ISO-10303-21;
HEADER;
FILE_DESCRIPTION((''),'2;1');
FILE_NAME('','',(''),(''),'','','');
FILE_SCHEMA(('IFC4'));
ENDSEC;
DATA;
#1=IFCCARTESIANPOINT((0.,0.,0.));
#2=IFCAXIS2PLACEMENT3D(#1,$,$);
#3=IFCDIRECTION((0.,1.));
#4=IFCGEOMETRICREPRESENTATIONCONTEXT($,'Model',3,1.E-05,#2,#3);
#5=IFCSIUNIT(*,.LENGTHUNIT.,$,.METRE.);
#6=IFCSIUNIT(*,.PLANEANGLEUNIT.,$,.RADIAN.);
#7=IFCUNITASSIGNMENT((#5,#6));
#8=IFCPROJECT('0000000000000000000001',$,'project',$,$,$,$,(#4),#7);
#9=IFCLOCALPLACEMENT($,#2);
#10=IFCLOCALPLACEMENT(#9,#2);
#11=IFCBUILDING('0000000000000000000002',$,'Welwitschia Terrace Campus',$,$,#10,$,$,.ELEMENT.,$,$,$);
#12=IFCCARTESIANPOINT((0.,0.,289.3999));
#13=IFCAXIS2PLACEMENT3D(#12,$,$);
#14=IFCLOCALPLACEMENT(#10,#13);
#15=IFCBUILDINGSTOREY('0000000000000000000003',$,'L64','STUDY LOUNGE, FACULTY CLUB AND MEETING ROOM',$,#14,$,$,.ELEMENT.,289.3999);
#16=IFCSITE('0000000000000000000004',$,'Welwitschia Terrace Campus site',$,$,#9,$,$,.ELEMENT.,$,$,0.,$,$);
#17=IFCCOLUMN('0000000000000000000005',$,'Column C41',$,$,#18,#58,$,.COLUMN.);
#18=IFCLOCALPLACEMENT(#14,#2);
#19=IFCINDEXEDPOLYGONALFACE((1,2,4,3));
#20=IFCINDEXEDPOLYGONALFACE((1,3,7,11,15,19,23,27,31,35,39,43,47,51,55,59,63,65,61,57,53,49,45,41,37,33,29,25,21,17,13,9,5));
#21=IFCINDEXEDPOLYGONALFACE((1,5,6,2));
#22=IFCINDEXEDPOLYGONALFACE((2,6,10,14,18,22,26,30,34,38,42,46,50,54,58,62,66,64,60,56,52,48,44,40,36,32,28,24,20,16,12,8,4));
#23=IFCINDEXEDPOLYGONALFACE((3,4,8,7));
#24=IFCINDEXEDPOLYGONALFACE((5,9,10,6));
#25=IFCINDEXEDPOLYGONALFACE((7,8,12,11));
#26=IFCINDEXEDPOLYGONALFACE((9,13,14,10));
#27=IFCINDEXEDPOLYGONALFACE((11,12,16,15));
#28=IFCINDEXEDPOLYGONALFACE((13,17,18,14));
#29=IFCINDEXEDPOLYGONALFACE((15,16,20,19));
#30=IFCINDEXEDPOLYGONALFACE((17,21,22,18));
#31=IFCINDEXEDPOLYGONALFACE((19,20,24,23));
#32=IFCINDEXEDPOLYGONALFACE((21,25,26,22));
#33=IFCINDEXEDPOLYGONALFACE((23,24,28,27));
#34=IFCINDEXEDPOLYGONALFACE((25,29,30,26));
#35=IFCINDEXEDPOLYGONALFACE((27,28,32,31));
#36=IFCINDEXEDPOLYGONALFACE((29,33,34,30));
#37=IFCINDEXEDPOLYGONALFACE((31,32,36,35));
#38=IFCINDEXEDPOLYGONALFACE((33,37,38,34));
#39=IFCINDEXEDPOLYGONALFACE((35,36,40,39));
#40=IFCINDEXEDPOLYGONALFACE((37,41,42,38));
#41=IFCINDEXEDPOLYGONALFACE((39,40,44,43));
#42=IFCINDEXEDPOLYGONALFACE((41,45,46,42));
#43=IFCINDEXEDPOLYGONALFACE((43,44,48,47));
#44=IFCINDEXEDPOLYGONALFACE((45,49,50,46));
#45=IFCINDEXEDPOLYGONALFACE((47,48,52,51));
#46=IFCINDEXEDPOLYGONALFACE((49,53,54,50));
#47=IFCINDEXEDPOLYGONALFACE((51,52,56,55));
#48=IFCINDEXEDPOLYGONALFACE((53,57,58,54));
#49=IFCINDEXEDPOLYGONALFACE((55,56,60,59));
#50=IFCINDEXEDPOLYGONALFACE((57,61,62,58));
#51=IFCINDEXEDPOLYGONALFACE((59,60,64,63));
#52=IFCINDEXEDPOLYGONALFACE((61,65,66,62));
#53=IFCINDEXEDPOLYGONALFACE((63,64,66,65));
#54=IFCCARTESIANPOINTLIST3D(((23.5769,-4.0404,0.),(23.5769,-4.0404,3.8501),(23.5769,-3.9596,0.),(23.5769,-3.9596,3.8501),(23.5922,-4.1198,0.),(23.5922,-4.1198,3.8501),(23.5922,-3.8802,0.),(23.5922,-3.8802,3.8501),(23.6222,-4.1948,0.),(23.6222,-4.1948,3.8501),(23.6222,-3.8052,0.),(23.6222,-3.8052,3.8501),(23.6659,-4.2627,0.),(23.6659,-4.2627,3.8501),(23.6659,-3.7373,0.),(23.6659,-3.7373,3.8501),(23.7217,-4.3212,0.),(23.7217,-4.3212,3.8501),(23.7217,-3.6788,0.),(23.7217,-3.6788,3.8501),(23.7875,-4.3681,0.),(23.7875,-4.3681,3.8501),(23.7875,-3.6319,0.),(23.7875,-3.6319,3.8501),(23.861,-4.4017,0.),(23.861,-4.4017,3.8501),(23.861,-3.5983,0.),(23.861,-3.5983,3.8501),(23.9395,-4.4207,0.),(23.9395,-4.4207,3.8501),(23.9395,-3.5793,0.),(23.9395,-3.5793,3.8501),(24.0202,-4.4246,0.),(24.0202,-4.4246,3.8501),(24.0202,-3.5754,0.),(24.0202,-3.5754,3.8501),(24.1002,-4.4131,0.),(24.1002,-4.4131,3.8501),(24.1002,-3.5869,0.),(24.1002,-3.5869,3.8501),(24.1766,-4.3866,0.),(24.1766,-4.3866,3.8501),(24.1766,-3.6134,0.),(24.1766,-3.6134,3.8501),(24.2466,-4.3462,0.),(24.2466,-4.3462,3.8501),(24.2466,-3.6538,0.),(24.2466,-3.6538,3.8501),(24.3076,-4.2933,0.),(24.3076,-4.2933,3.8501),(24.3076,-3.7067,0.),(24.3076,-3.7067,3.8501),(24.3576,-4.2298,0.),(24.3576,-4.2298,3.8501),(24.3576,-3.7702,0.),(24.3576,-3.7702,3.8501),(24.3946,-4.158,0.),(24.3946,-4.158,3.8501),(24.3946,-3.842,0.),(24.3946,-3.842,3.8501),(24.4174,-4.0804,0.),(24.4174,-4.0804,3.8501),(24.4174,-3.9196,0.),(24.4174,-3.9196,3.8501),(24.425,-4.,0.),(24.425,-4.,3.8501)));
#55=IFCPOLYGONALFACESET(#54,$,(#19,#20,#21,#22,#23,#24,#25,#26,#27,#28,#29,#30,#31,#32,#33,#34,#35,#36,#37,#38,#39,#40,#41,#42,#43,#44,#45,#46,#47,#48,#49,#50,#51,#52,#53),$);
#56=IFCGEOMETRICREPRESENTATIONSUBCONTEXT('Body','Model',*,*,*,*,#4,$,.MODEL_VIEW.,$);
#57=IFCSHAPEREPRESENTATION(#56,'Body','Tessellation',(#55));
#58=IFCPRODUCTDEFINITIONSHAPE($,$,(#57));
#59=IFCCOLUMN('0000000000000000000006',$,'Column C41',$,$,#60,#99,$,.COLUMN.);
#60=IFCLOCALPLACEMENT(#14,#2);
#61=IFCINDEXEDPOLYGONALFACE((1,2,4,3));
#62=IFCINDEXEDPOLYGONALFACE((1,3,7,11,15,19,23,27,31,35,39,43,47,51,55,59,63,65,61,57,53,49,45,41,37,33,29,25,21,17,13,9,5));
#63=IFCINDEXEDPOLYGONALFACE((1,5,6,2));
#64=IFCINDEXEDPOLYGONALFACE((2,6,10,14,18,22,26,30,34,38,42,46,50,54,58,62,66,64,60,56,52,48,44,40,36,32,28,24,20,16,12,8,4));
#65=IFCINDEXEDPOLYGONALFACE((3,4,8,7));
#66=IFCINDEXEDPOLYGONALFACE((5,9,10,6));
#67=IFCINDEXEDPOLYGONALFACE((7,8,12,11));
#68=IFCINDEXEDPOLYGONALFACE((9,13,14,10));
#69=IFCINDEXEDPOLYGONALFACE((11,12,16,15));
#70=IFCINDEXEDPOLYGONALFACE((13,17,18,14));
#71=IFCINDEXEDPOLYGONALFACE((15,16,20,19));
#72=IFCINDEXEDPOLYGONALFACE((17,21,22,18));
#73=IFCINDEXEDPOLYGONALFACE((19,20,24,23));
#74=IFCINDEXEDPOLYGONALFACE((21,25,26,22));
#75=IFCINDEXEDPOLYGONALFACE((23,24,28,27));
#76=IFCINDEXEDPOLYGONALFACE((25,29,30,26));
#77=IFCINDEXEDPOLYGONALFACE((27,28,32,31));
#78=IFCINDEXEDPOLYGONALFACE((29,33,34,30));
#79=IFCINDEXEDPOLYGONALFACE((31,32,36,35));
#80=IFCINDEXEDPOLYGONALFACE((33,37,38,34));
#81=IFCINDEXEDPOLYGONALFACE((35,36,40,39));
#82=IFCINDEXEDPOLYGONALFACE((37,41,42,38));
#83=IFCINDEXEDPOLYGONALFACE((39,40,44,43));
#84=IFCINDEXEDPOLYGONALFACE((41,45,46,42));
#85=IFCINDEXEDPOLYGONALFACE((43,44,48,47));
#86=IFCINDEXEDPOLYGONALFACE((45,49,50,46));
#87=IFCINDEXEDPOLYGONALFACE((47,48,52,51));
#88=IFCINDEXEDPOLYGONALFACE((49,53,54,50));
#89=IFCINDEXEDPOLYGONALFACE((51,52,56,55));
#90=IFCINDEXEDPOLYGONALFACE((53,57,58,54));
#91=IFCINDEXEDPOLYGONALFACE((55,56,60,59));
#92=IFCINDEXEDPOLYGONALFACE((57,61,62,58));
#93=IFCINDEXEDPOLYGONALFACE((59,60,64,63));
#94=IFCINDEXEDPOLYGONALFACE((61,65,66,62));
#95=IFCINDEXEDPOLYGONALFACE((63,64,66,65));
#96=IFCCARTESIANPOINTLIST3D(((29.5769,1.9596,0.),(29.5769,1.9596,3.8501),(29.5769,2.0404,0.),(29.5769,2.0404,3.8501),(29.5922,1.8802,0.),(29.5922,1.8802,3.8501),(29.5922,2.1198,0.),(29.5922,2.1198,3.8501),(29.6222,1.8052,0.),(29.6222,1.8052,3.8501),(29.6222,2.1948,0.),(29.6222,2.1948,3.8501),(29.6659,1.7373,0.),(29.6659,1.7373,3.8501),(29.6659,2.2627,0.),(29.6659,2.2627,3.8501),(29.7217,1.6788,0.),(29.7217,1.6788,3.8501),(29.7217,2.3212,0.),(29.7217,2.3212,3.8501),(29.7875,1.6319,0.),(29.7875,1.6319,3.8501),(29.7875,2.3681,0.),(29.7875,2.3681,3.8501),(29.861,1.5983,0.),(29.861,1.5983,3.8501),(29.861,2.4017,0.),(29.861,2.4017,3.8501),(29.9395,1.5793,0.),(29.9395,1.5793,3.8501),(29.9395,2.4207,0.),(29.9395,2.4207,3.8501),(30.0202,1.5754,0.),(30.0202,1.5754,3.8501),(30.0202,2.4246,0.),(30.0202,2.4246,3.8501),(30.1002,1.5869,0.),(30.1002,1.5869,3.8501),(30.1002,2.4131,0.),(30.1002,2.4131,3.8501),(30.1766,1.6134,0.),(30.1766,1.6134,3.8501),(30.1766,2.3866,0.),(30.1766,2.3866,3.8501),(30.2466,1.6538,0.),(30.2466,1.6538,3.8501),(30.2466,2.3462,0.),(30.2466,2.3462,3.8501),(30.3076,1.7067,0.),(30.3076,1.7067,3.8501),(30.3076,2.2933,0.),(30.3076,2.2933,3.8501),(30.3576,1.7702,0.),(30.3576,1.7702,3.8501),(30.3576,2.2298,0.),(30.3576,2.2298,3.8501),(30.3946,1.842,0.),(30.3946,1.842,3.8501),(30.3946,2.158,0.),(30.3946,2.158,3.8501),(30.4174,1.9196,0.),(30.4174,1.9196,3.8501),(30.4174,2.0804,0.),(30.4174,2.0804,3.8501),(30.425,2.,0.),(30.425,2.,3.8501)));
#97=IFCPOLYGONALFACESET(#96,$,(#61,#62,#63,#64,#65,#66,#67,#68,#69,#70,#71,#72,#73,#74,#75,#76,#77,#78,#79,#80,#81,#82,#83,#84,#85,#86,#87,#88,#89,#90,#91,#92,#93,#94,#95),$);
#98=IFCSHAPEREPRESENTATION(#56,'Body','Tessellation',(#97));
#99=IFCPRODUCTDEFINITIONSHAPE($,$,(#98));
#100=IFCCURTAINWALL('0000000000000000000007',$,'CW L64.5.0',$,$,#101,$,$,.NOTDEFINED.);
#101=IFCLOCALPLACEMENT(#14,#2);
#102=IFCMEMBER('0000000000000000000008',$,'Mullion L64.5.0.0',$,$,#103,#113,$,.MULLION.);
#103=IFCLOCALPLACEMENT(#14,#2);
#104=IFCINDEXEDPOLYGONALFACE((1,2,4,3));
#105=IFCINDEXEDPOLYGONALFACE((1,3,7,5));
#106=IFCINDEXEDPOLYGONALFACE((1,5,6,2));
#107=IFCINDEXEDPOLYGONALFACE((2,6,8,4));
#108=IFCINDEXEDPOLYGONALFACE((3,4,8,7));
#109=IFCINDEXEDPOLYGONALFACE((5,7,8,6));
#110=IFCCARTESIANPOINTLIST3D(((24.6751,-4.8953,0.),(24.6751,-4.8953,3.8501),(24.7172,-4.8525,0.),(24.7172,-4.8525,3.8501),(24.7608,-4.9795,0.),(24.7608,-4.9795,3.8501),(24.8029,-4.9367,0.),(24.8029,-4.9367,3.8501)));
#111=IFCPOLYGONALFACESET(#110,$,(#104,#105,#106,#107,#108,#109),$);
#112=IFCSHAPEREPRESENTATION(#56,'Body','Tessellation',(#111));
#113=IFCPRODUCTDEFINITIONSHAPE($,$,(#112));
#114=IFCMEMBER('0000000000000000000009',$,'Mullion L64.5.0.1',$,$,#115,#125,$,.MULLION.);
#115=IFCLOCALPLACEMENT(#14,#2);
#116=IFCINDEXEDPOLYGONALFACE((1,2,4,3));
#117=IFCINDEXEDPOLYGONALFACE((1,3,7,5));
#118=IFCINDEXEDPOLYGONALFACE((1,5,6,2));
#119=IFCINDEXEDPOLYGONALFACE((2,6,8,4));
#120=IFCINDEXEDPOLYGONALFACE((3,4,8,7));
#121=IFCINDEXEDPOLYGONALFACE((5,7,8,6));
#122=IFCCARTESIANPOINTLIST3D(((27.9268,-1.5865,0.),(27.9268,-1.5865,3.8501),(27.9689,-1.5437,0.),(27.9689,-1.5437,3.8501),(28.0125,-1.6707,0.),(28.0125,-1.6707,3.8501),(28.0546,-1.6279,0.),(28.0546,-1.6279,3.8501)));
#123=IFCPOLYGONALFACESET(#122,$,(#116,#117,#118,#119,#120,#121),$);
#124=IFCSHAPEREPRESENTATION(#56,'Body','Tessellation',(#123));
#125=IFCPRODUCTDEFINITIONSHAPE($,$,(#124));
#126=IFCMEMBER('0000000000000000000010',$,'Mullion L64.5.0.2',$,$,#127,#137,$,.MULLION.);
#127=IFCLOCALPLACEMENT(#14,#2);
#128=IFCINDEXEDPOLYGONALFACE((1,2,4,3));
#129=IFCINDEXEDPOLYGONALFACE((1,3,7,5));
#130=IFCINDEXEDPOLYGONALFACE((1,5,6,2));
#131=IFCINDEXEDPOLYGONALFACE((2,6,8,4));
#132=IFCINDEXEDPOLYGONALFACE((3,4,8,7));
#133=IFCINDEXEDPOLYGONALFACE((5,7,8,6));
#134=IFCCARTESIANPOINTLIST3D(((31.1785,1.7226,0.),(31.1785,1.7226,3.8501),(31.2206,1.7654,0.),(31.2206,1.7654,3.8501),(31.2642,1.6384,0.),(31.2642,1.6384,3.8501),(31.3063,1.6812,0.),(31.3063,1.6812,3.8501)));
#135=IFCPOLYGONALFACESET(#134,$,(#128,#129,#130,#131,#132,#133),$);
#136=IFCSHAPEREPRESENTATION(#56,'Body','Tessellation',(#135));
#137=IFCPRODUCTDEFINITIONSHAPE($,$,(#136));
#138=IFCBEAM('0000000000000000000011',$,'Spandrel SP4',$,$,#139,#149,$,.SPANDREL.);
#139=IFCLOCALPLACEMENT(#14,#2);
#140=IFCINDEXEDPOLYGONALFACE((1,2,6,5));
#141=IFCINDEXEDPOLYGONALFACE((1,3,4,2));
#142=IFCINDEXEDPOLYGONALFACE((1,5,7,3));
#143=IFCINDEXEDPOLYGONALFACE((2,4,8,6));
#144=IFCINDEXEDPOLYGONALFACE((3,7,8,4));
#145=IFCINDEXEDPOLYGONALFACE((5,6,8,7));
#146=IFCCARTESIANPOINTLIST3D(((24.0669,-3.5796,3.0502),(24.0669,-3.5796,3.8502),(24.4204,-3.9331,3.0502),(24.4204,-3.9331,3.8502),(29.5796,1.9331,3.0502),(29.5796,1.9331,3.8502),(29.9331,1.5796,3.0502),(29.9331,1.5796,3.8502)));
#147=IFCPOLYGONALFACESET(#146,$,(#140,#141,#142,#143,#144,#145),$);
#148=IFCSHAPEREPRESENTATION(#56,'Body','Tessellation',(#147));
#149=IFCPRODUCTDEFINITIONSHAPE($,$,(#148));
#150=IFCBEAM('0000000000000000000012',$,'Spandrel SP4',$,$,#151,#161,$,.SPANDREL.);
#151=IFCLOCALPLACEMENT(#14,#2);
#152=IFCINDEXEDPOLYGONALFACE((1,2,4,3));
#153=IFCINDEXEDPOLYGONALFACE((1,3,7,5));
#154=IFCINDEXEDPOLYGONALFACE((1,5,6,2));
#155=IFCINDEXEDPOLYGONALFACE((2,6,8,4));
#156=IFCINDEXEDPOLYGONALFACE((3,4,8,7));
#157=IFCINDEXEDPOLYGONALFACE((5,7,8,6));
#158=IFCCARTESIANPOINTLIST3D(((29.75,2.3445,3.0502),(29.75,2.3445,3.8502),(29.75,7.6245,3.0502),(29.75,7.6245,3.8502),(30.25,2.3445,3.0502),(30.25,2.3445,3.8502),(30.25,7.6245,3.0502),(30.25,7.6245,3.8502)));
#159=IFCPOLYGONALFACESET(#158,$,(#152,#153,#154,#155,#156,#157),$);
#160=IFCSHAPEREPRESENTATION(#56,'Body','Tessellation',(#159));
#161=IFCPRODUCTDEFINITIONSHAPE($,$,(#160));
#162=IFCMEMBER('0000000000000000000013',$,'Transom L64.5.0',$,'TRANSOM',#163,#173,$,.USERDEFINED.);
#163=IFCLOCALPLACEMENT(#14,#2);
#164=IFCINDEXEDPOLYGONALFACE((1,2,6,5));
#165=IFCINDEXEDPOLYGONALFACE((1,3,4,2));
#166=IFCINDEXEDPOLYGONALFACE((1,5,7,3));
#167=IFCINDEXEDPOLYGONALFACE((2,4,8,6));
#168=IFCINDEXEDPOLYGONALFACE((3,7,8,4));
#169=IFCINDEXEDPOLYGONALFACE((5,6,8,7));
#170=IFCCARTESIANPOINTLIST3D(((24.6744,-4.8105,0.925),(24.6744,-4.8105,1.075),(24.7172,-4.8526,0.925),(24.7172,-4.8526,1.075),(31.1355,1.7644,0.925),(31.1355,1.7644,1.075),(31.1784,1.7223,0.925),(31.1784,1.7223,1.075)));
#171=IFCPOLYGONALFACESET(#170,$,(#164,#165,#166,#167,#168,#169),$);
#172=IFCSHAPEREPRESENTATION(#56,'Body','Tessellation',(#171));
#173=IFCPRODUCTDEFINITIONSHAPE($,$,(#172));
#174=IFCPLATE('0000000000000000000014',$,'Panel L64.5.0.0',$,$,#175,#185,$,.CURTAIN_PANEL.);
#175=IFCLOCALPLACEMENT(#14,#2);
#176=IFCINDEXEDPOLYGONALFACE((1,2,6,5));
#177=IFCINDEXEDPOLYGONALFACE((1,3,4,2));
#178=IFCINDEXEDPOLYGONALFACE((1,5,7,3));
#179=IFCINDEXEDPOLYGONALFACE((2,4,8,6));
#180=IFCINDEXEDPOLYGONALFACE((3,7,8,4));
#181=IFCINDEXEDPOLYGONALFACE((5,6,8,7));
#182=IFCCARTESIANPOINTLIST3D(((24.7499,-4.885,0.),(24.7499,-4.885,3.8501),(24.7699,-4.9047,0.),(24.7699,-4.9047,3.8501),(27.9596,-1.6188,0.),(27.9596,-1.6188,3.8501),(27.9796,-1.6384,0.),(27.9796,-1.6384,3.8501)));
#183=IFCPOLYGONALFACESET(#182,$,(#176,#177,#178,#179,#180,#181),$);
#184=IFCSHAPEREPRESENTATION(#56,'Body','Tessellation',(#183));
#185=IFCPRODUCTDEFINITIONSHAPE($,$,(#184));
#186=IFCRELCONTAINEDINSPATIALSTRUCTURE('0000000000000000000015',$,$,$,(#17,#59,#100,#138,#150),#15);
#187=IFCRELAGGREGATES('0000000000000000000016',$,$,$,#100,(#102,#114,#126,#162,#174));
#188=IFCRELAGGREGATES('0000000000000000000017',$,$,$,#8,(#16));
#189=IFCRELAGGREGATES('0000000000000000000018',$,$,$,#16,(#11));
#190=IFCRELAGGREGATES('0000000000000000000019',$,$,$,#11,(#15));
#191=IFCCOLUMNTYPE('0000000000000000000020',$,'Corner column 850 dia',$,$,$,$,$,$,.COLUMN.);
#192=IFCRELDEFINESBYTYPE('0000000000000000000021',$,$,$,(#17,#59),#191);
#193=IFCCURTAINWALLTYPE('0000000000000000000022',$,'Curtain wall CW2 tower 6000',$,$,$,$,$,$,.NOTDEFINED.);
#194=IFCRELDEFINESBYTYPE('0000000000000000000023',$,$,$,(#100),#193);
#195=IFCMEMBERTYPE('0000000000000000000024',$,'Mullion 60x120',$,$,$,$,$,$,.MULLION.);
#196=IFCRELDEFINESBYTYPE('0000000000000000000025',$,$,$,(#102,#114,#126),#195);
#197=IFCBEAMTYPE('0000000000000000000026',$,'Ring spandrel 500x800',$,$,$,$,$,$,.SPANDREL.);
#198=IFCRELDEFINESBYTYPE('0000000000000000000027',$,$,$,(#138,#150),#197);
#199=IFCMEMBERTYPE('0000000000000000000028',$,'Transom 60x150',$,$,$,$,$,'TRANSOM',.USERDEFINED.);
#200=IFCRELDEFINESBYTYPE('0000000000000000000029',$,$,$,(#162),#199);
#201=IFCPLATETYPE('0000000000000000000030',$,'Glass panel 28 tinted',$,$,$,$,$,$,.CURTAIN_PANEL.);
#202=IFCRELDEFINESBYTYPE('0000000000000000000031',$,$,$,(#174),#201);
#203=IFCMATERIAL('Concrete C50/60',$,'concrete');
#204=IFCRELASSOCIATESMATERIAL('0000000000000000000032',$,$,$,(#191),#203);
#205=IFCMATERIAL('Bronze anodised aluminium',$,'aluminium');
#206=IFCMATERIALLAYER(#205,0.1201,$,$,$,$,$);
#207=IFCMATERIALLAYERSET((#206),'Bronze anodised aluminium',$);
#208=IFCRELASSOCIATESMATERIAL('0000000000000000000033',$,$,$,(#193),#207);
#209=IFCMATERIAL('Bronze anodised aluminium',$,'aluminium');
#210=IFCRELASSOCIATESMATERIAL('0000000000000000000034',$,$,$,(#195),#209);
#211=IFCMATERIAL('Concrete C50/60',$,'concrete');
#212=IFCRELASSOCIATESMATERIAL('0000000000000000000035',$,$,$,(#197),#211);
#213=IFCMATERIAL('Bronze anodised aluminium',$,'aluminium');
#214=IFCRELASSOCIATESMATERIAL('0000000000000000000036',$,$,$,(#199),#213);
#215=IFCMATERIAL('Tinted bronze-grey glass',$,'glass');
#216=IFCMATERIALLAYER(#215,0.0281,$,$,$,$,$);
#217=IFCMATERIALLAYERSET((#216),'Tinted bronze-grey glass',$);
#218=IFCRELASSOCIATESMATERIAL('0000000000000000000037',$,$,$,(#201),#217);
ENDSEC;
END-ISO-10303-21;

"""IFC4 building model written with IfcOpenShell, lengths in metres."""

from ifc_helpers import new_model, si_unit, direction, frame, origin, origin_2d, place, context, subcontext, project, spatial, rectangle, circle, extrude, material, layer, layer_set, material_profile, profile_set, type_object, element, aggregate, save


model = new_model("IFC4")

# Units and contexts
model_context = context("Model", 3, precision=1e-05, world=origin(), true_north=direction((0.0, 1.0)))
body_context = subcontext(model_context, "Body", "Model", "MODEL_VIEW")
ifc_project = project(units=[si_unit("LENGTHUNIT", "METRE"), si_unit("PLANEANGLEUNIT", "RADIAN")], contexts=[model_context])

# Site, building, storey
site_placement = place(None, origin())
site = spatial("IfcSite", under=ifc_project, at=site_placement, Name="Welwitschia Terrace Campus site", CompositionType="ELEMENT", RefElevation=0.0)
building_placement = place(site_placement, origin())
building = spatial("IfcBuilding", under=site, at=building_placement, Name="Welwitschia Terrace Campus", CompositionType="ELEMENT")
storey_placement = place(building_placement, frame((0.0, 0.0, 289.3999)))
storey = spatial("IfcBuildingStorey", under=building, at=storey_placement, Name="L64", Description="STUDY LOUNGE, FACULTY CLUB AND MEETING ROOM", CompositionType="ELEMENT", Elevation=289.3999)

# Columns
ifc_material_1 = material(Name="Concrete C50/60", Category="concrete")
ifc_material_profile_1 = material_profile(ifc_material_1, circle(Radius=0.425, at=origin_2d()))
ifc_profile_set_1 = profile_set([ifc_material_profile_1], Name="Concrete C50/60")
column_type = type_object("IfcColumnType", Name="Corner column 850 dia", PredefinedType="COLUMN", material=ifc_profile_set_1)
for number, where, z_axis, x_axis, name in (
    (1, (24.0, -4.0, 0.0), (0.0, 0.0, 1.0), (1.0, 0.0, 0.0), "Column C41"),
    (2, (30.0, 2.0, 0.0), (0.0, 0.0, 1.0), (1.0, 0.0, 0.0), "Column C41"),
):
    element("IfcColumn", number, at=place(storey_placement, frame(where, z_axis=z_axis, x_axis=x_axis)), inside=storey, type_object=column_type, Name=name, PredefinedType="COLUMN", context=body_context, shape_type="SweptSolid", body=[
        extrude(circle(Radius=0.425, at=origin_2d()), origin(), (0.0, 0.0, 1.0), 3.8501),
    ])

# Curtain wall, members
ifc_material_2 = material(Name="Bronze anodised aluminium", Category="aluminium")
ifc_layer_1 = layer(ifc_material_2, 0.1201)
ifc_layer_set_1 = layer_set([ifc_layer_1], Name="Bronze anodised aluminium")
curtain_wall_type = type_object("IfcCurtainWallType", Name="Curtain wall CW2 tower 6000", PredefinedType="NOTDEFINED", material=ifc_layer_set_1)
curtain_wall_placement = place(storey_placement, origin())
curtain_wall = element("IfcCurtainWall", 3, at=curtain_wall_placement, inside=storey, type_object=curtain_wall_type, Name="CW L64.5.0", PredefinedType="NOTDEFINED")
ifc_material_3 = material(Name="Bronze anodised aluminium", Category="aluminium")
ifc_material_profile_2 = material_profile(ifc_material_3, rectangle(XDim=0.1201, YDim=0.0601, at=origin_2d()))
ifc_profile_set_2 = profile_set([ifc_material_profile_2], Name="Bronze anodised aluminium")
member_type_1 = type_object("IfcMemberType", Name="Mullion 60x120", PredefinedType="MULLION", material=ifc_profile_set_2)
member_1_placement = place(storey_placement, frame((24.739, -4.916, 0.0), z_axis=(0.0, 0.0, 1.0), x_axis=(-0.71325, 0.700909, 0.0)))
member_1 = element("IfcMember", 4, at=member_1_placement, type_object=member_type_1, Name="Mullion L64.5.0.0", PredefinedType="MULLION", context=body_context, shape_type="SweptSolid", body=[
    extrude(rectangle(XDim=0.1201, YDim=0.0601, at=origin_2d()), origin(), (0.0, 0.0, 1.0), 3.8501),
])
member_2_placement = place(storey_placement, frame((27.9907, -1.6072, 0.0), z_axis=(0.0, 0.0, 1.0), x_axis=(-0.71325, 0.700909, 0.0)))
member_2 = element("IfcMember", 5, at=member_2_placement, type_object=member_type_1, Name="Mullion L64.5.0.1", PredefinedType="MULLION", context=body_context, shape_type="SweptSolid", body=[
    extrude(rectangle(XDim=0.1201, YDim=0.0601, at=origin_2d()), origin(), (0.0, 0.0, 1.0), 3.8501),
])
member_3_placement = place(storey_placement, frame((31.2424, 1.7019, 0.0), z_axis=(0.0, 0.0, 1.0), x_axis=(-0.71325, 0.700909, 0.0)))
member_3 = element("IfcMember", 6, at=member_3_placement, type_object=member_type_1, Name="Mullion L64.5.0.2", PredefinedType="MULLION", context=body_context, shape_type="SweptSolid", body=[
    extrude(rectangle(XDim=0.1201, YDim=0.0601, at=origin_2d()), origin(), (0.0, 0.0, 1.0), 3.8501),
])

# Beams
ifc_material_4 = material(Name="Concrete C50/60", Category="concrete")
ifc_material_profile_3 = material_profile(ifc_material_4, rectangle(XDim=0.5, YDim=0.8, at=origin_2d()))
ifc_profile_set_3 = profile_set([ifc_material_profile_3], Name="Concrete C50/60")
beam_type = type_object("IfcBeamType", Name="Ring spandrel 500x800", PredefinedType="SPANDREL", material=ifc_profile_set_3)
beam_1_placement = place(storey_placement, frame((24.2437, -3.7563, 3.4502), z_axis=(0.707107, 0.707107, 0.0), x_axis=(-0.707107, 0.707107, 0.0)))
element("IfcBeam", 7, at=beam_1_placement, inside=storey, type_object=beam_type, Name="Spandrel SP4", PredefinedType="SPANDREL", context=body_context, shape_type="SweptSolid", body=[
    extrude(rectangle(XDim=0.5, YDim=0.8, at=origin_2d()), origin(), (0.0, 0.0, 1.0), 7.7961),
])
beam_2_placement = place(storey_placement, frame((30.0, 2.3445, 3.4502), z_axis=(0.0, 1.0, 0.0), x_axis=(-1.0, 0.0, 0.0)))
element("IfcBeam", 8, at=beam_2_placement, inside=storey, type_object=beam_type, Name="Spandrel SP4", PredefinedType="SPANDREL", context=body_context, shape_type="SweptSolid", body=[
    extrude(rectangle(XDim=0.5, YDim=0.8, at=origin_2d()), origin(), (0.0, 0.0, 1.0), 5.28),
])

# Member
ifc_material_5 = material(Name="Bronze anodised aluminium", Category="aluminium")
ifc_material_profile_4 = material_profile(ifc_material_5, rectangle(XDim=0.0601, YDim=0.1499, at=origin_2d()))
ifc_profile_set_4 = profile_set([ifc_material_profile_4], Name="Bronze anodised aluminium")
member_type_2 = type_object("IfcMemberType", Name="Transom 60x150", ElementType="TRANSOM", PredefinedType="USERDEFINED", material=ifc_profile_set_4)
member_4_placement = place(storey_placement, frame((24.6958, -4.8315, 1.0), z_axis=(0.700909, 0.713251, 0.0), x_axis=(-0.713251, 0.700909, 0.0)))
member_4 = element("IfcMember", 9, at=member_4_placement, type_object=member_type_2, Name="Transom L64.5.0", ObjectType="TRANSOM", PredefinedType="USERDEFINED", context=body_context, shape_type="SweptSolid", body=[
    extrude(rectangle(XDim=0.0601, YDim=0.1499, at=origin_2d()), origin(), (0.0, 0.0, 1.0), 9.2183),
])

# Plate
ifc_material_6 = material(Name="Tinted bronze-grey glass", Category="glass")
ifc_layer_2 = layer(ifc_material_6, 0.0281)
ifc_layer_set_2 = layer_set([ifc_layer_2], Name="Tinted bronze-grey glass")
plate_type = type_object("IfcPlateType", Name="Glass panel 28 tinted", PredefinedType="CURTAIN_PANEL", material=ifc_layer_set_2)
plate_1_placement = place(storey_placement, frame((26.3647, -3.2617, 0.0), z_axis=(0.0, 0.0, 1.0), x_axis=(0.700909, 0.71325, 0.0)))
plate_1 = element("IfcPlate", 10, at=plate_1_placement, type_object=plate_type, Name="Panel L64.5.0.0", PredefinedType="CURTAIN_PANEL", context=body_context, shape_type="SweptSolid", body=[
    extrude(rectangle(XDim=4.5793, YDim=0.0281, at=origin_2d()), origin(), (0.0, 0.0, 1.0), 3.8501),
])
aggregate(curtain_wall, [member_1, member_2, member_3, member_4, plate_1])

save(model, "model.ifc")
